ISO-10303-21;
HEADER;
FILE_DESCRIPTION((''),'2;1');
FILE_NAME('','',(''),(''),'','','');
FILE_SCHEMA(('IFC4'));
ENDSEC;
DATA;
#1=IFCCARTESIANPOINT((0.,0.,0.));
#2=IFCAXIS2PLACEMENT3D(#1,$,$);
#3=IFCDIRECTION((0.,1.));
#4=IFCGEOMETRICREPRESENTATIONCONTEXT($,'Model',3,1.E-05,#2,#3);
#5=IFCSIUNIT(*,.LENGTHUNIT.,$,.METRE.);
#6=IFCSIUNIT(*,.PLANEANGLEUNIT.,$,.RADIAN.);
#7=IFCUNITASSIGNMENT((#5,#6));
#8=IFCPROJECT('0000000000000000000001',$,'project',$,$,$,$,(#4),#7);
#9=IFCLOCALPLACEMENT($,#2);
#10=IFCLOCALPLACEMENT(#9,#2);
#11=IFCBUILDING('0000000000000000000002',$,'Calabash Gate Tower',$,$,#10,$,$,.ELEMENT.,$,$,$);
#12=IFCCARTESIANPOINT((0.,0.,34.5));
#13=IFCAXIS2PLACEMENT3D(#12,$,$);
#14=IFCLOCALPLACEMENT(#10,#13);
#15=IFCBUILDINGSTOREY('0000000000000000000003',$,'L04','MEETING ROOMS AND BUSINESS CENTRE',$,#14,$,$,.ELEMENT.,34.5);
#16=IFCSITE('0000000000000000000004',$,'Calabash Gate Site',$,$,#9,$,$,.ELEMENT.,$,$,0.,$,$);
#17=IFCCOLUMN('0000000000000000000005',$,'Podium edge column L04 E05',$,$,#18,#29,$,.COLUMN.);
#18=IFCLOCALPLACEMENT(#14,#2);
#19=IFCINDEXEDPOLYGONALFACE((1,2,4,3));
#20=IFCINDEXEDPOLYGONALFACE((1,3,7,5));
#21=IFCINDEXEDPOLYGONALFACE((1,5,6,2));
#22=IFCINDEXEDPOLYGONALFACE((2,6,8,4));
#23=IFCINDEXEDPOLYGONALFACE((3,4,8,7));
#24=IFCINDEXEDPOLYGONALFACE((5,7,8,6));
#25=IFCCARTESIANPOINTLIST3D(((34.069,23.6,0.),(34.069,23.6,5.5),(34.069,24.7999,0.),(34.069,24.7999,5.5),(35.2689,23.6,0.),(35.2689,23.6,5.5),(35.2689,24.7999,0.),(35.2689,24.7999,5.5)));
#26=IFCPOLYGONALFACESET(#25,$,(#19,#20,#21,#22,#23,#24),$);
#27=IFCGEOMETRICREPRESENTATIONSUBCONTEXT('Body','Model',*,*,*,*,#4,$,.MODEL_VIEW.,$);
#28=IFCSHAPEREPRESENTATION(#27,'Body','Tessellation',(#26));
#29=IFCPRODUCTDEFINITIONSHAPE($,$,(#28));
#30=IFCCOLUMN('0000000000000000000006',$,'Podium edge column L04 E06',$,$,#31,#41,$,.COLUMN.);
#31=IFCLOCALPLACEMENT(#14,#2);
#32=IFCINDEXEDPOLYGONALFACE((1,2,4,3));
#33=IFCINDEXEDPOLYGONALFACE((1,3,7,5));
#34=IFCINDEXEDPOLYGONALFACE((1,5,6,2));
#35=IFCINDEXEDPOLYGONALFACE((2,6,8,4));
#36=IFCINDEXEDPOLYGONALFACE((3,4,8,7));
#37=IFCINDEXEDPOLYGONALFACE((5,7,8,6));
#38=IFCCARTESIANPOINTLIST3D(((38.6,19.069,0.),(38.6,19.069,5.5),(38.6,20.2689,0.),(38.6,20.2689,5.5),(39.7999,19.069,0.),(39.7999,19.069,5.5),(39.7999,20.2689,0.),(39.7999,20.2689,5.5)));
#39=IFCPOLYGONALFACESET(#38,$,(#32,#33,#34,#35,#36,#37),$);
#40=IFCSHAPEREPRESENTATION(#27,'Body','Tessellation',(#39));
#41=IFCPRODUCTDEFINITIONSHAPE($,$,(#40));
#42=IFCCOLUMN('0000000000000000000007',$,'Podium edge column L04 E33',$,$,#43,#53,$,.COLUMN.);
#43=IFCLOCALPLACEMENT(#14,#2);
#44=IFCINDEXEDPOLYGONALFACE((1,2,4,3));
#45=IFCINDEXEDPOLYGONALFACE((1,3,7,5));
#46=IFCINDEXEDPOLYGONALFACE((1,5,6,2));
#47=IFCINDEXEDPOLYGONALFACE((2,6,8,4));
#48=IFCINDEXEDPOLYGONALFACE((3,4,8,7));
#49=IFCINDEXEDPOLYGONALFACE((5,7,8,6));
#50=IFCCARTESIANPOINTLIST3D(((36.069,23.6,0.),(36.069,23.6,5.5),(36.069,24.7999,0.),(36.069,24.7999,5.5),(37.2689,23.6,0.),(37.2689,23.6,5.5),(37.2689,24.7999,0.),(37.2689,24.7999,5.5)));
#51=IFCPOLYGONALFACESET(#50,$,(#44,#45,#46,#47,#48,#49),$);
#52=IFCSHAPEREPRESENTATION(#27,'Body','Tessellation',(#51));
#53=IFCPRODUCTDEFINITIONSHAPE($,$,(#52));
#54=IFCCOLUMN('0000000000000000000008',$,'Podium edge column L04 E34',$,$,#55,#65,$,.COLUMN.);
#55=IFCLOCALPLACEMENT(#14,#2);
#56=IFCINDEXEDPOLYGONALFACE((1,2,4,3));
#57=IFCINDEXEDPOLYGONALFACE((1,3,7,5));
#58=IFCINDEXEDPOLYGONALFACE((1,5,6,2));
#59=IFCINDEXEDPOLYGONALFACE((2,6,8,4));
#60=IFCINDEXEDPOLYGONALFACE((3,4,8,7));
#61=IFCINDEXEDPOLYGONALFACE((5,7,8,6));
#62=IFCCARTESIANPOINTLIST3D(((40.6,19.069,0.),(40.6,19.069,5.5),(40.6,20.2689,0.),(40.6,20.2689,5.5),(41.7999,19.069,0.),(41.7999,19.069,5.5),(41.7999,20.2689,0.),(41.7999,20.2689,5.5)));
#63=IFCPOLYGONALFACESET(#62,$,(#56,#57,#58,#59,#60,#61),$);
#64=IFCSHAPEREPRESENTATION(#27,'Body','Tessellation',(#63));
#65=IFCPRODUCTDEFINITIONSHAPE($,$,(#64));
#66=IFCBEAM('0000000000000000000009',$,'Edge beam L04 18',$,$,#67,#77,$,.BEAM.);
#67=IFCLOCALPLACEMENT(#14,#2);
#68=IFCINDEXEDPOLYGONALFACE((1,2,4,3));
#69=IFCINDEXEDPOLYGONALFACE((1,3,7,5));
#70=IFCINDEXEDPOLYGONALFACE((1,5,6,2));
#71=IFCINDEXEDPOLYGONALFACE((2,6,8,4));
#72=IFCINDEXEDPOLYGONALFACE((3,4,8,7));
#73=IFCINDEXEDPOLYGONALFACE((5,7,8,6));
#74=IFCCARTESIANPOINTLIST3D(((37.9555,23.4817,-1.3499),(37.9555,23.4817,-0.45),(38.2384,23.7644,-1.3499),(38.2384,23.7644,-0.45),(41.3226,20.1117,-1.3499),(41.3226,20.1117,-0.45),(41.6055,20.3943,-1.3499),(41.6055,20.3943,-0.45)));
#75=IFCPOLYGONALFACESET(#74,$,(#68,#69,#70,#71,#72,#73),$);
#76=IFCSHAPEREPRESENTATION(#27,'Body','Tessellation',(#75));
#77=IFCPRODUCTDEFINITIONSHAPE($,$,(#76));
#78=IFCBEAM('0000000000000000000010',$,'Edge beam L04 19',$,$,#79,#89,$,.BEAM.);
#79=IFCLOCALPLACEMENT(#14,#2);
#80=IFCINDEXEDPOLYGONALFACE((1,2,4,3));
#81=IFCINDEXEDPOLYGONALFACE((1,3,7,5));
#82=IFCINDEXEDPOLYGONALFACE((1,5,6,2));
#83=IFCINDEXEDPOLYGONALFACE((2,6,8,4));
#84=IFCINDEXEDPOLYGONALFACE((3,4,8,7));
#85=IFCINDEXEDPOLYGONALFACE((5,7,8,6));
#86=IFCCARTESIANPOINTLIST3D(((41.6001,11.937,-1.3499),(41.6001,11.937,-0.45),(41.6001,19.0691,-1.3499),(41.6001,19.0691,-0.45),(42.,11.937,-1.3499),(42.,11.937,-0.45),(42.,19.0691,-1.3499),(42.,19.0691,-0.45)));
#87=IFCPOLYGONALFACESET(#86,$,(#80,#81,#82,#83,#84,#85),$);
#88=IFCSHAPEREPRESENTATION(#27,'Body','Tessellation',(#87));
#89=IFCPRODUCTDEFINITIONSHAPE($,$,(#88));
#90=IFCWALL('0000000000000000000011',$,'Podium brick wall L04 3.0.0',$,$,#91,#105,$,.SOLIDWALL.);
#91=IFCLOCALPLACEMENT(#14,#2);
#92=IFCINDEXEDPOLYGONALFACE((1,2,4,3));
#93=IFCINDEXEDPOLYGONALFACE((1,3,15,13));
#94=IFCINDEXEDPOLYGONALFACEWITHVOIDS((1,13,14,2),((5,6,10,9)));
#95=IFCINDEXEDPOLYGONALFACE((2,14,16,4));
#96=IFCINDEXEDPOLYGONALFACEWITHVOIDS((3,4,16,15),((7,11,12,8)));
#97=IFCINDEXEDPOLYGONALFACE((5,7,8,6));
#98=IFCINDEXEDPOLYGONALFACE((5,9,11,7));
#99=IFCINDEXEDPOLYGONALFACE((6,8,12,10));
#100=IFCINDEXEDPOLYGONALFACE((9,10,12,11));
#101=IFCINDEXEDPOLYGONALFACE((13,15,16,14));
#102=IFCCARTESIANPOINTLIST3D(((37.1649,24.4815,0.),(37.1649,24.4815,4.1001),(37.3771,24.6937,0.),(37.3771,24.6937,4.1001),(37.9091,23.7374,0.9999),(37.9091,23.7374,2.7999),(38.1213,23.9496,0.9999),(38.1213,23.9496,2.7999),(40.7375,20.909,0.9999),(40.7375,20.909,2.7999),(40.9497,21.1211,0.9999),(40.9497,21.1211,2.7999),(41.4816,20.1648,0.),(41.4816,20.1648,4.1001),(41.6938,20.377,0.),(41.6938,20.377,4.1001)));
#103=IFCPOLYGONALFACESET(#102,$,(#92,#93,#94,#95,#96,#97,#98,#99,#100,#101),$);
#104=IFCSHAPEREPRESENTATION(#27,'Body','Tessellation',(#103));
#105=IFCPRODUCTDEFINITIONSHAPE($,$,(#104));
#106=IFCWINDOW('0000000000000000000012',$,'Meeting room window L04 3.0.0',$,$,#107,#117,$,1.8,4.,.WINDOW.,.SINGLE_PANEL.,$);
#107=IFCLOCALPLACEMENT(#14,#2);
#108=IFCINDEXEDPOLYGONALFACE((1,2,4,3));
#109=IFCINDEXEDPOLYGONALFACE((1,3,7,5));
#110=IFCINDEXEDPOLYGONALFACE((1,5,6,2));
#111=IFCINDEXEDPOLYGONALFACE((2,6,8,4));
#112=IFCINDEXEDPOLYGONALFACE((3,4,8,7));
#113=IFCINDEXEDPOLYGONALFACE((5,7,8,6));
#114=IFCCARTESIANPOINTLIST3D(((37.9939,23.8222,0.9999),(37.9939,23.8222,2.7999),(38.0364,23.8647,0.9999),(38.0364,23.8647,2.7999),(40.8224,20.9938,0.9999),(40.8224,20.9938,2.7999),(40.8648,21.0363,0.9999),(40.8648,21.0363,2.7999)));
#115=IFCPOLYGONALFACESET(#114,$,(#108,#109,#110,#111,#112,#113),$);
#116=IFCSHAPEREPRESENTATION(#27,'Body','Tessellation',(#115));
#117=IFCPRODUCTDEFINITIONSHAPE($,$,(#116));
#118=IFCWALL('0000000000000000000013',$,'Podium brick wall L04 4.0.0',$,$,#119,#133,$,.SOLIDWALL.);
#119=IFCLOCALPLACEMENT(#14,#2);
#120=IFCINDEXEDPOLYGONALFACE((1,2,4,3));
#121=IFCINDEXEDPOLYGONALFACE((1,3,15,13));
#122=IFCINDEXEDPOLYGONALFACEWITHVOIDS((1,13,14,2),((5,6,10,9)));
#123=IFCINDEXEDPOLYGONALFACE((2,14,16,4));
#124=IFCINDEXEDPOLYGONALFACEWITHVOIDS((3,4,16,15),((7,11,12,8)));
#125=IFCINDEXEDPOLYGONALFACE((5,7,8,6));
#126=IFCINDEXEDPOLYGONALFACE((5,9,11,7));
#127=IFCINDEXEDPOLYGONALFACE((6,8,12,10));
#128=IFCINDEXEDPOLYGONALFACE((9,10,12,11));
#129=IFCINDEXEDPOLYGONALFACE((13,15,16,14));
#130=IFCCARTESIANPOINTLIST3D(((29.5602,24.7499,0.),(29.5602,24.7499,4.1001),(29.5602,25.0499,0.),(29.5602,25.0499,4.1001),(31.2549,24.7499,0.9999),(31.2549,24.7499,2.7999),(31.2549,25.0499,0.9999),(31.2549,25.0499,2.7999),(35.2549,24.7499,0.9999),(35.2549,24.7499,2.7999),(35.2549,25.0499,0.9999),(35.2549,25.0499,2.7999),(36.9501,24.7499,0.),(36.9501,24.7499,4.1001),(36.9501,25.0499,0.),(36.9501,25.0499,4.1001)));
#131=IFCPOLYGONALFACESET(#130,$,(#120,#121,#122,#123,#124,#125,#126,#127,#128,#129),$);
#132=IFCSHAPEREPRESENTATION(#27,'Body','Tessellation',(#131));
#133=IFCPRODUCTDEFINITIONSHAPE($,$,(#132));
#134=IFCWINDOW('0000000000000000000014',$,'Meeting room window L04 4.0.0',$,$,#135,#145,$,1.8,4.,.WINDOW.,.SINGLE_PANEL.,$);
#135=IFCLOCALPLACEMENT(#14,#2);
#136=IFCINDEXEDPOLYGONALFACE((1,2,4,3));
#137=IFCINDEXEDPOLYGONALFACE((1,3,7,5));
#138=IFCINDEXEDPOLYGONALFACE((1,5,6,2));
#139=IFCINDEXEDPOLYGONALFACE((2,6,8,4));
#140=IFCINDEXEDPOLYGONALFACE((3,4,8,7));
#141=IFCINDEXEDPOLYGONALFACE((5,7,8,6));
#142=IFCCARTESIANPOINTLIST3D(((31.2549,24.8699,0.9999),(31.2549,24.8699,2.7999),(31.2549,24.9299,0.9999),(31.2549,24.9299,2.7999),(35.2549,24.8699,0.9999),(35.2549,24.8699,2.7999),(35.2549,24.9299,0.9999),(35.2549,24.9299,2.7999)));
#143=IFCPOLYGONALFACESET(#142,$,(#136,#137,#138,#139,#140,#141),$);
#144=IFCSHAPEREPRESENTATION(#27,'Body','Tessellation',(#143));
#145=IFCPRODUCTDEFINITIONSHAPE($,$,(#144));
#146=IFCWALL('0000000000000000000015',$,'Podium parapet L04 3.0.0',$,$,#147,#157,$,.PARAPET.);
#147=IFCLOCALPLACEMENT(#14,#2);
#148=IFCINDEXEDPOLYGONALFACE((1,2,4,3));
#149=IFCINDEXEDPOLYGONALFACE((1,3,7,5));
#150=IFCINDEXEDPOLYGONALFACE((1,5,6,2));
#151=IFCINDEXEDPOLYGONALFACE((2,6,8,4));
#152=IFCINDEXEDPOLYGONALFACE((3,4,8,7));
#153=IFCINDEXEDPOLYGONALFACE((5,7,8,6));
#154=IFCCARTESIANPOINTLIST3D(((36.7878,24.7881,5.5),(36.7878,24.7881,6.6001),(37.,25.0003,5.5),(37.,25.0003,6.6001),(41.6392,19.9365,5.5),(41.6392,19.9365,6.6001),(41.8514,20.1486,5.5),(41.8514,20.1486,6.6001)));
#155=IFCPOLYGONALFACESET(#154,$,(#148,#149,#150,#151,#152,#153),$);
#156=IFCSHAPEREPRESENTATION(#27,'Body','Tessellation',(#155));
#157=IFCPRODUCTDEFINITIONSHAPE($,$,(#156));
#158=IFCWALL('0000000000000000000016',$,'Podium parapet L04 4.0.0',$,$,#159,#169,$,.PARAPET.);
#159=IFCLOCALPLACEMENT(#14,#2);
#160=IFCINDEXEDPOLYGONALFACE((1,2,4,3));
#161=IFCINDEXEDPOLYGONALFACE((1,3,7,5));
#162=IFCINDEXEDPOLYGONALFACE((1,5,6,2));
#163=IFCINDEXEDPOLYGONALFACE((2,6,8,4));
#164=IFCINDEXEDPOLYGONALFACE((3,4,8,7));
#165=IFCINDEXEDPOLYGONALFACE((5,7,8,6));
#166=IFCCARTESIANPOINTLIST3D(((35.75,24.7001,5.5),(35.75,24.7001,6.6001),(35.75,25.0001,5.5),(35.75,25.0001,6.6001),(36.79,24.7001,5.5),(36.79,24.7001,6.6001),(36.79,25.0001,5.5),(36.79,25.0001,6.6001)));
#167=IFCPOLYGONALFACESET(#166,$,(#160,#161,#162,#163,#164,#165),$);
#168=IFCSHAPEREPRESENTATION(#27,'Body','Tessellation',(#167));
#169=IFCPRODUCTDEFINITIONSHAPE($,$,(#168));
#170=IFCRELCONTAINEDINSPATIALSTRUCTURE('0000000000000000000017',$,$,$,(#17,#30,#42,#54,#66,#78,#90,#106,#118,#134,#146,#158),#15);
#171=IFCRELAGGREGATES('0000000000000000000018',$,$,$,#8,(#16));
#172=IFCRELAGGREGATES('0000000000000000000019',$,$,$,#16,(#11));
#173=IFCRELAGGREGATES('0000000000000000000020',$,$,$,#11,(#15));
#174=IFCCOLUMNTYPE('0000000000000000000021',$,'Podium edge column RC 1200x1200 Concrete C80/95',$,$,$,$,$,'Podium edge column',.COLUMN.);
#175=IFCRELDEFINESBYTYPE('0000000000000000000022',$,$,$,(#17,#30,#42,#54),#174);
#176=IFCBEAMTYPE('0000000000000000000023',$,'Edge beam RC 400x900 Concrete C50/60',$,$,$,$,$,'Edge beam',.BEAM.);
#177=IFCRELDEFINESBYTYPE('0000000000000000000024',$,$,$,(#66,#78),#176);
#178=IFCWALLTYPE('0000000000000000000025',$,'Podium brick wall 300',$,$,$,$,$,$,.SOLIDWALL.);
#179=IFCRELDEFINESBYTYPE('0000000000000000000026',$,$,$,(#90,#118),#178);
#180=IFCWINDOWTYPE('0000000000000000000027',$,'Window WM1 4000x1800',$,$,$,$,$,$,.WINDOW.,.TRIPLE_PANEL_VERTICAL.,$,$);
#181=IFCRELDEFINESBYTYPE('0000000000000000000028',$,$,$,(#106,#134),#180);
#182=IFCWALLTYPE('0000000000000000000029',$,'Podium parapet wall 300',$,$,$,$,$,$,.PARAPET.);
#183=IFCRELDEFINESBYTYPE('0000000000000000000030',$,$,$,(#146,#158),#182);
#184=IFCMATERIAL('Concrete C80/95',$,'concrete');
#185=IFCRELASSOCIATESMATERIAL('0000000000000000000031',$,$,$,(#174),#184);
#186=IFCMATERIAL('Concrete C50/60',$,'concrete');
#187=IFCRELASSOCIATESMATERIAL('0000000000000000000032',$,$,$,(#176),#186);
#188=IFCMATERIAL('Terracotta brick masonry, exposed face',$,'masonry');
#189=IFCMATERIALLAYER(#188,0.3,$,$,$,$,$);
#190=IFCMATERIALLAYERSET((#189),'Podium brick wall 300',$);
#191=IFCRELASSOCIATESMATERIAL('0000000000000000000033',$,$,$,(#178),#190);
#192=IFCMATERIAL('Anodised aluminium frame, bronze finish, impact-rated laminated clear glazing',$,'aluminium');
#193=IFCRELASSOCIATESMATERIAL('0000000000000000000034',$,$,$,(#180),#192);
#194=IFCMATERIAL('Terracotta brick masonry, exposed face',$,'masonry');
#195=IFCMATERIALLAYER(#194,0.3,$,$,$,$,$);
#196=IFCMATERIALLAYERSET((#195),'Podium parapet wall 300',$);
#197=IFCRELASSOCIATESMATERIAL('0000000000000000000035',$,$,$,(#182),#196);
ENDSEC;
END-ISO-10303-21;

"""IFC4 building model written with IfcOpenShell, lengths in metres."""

from ifc_helpers import new_model, si_unit, direction, frame, frame_2d, origin, origin_2d, place, context, subcontext, project, spatial, rectangle, extrude, material, layer, layer_set, material_profile, profile_set, type_object, element, fill, save


model = new_model("IFC4")

# Units and contexts
model_context = context("Model", 3, precision=1e-05, world=origin(), true_north=direction((0.0, 1.0)))
body_context = subcontext(model_context, "Body", "Model", "MODEL_VIEW")
ifc_project = project(units=[si_unit("LENGTHUNIT", "METRE"), si_unit("PLANEANGLEUNIT", "RADIAN")], contexts=[model_context])

# Site, building, storey
site_placement = place(None, origin())
site = spatial("IfcSite", under=ifc_project, at=site_placement, Name="Calabash Gate Site", CompositionType="ELEMENT", RefElevation=0.0)
building_placement = place(site_placement, origin())
building = spatial("IfcBuilding", under=site, at=building_placement, Name="Calabash Gate Tower", CompositionType="ELEMENT")
storey_placement = place(building_placement, frame((0.0, 0.0, 34.5)))
storey = spatial("IfcBuildingStorey", under=building, at=storey_placement, Name="L04", Description="MEETING ROOMS AND BUSINESS CENTRE", CompositionType="ELEMENT", Elevation=34.5)

# Columns
ifc_material_1 = material(Name="Concrete C80/95", Category="concrete")
ifc_material_profile_1 = material_profile(ifc_material_1, rectangle(XDim=1.2, YDim=1.2, at=origin_2d()))
ifc_profile_set_1 = profile_set([ifc_material_profile_1], Name="Concrete C80/95")
column_type = type_object("IfcColumnType", Name="Podium edge column RC 1200x1200 Concrete C80/95", ElementType="Podium edge column", PredefinedType="COLUMN", material=ifc_profile_set_1)
for number, where, z_axis, x_axis, name in (
    (1, (34.6689, 24.2, 0.0), (0.0, 0.0, 1.0), (1.0, 0.0, 0.0), "Podium edge column L04 E05"),
    (2, (39.2, 19.6689, 0.0), (0.0, 0.0, 1.0), (1.0, 0.0, 0.0), "Podium edge column L04 E06"),
    (3, (36.6689, 24.2, 0.0), (0.0, 0.0, 1.0), (1.0, 0.0, 0.0), "Podium edge column L04 E33"),
    (4, (41.2, 19.6689, 0.0), (0.0, 0.0, 1.0), (1.0, 0.0, 0.0), "Podium edge column L04 E34"),
):
    element("IfcColumn", number, at=place(storey_placement, frame(where, z_axis=z_axis, x_axis=x_axis)), inside=storey, type_object=column_type, Name=name, PredefinedType="COLUMN", context=body_context, shape_type="SweptSolid", body=[
        extrude(rectangle(XDim=1.2, YDim=1.2, at=origin_2d()), origin(), (0.0, 0.0, 1.0), 5.5),
    ])

# Beams
ifc_material_2 = material(Name="Concrete C50/60", Category="concrete")
ifc_material_profile_2 = material_profile(ifc_material_2, rectangle(XDim=0.3999, YDim=0.8999, at=origin_2d()))
ifc_profile_set_2 = profile_set([ifc_material_profile_2], Name="Concrete C50/60")
beam_type = type_object("IfcBeamType", Name="Edge beam RC 400x900 Concrete C50/60", ElementType="Edge beam", PredefinedType="BEAM", material=ifc_profile_set_2)
beam_1_placement = place(storey_placement, frame((38.0969, 23.623, -0.8999), z_axis=(0.706799, -0.707414, 0.0), x_axis=(0.707414, 0.706799, 0.0)))
element("IfcBeam", 5, at=beam_1_placement, inside=storey, type_object=beam_type, Name="Edge beam L04 18", PredefinedType="BEAM", context=body_context, shape_type="SweptSolid", body=[
    extrude(rectangle(XDim=0.3999, YDim=0.8999, at=origin_2d()), origin(), (0.0, 0.0, 1.0), 4.7639),
])
beam_2_placement = place(storey_placement, frame((41.8, 19.0691, -0.8999), z_axis=(0.0, -1.0, 0.0), x_axis=(1.0, 0.0, 0.0)))
element("IfcBeam", 6, at=beam_2_placement, inside=storey, type_object=beam_type, Name="Edge beam L04 19", PredefinedType="BEAM", context=body_context, shape_type="SweptSolid", body=[
    extrude(rectangle(XDim=0.3999, YDim=0.8999, at=origin_2d()), origin(), (0.0, 0.0, 1.0), 7.1321),
])

# Walls, openings, windows
ifc_material_3 = material(Name="Terracotta brick masonry, exposed face", Category="masonry")
ifc_layer_1 = layer(ifc_material_3, 0.3)
ifc_layer_set_1 = layer_set([ifc_layer_1], Name="Podium brick wall 300")
wall_type_1 = type_object("IfcWallType", Name="Podium brick wall 300", PredefinedType="SOLIDWALL", material=ifc_layer_set_1)
wall_1_placement = place(storey_placement, frame((41.5876, 20.271, 0.0), z_axis=(0.0, 0.0, 1.0), x_axis=(-0.707107, 0.707107, 0.0)))
wall_1 = element("IfcWall", 7, at=wall_1_placement, inside=storey, type_object=wall_type_1, Name="Podium brick wall L04 3.0.0", PredefinedType="SOLIDWALL", context=body_context, shape_type="SweptSolid", body=[
    extrude(rectangle(XDim=6.1047, YDim=0.3, at=frame_2d((3.0522, 0.0))), origin(), (0.0, 0.0, 1.0), 4.1001),
])
opening_1_placement = place(wall_1_placement, frame((1.0522, 0.0, 1.0)))
opening_1 = element("IfcOpeningElement", 8, at=opening_1_placement, cuts=wall_1, PredefinedType="OPENING", context=body_context, shape_type="SweptSolid", body=[
    extrude(rectangle(XDim=4.0, YDim=1.8, at=frame_2d((2.0, 0.8999))), frame((0.0, 0.1599, 0.0), z_axis=(0.0, -1.0, 0.0), x_axis=(1.0, 0.0, 0.0)), (0.0, 0.0, 1.0), 0.3201),
])
ifc_material_4 = material(Name="Anodised aluminium frame, bronze finish, impact-rated laminated clear glazing", Category="aluminium")
window_type = type_object("IfcWindowType", Name="Window WM1 4000x1800", PartitioningType="TRIPLE_PANEL_VERTICAL", PredefinedType="WINDOW", material=ifc_material_4)
window_1_placement = place(opening_1_placement, origin())
window_1 = element("IfcWindow", 9, at=window_1_placement, inside=storey, type_object=window_type, Name="Meeting room window L04 3.0.0", OverallHeight=1.8, OverallWidth=4.0, PartitioningType="SINGLE_PANEL", PredefinedType="WINDOW", context=body_context, shape_type="SweptSolid", body=[
    extrude(rectangle(XDim=4.0, YDim=1.8, at=frame_2d((2.0, 0.8999))), frame((0.0, 0.03, 0.0), z_axis=(0.0, -1.0, 0.0), x_axis=(1.0, 0.0, 0.0)), (0.0, 0.0, 1.0), 0.0601),
])
fill(opening_1, window_1)
wall_2_placement = place(storey_placement, frame((36.95, 24.8999, 0.0), z_axis=(0.0, 0.0, 1.0), x_axis=(-1.0, 0.0, 0.0)))
wall_2 = element("IfcWall", 10, at=wall_2_placement, inside=storey, type_object=wall_type_1, Name="Podium brick wall L04 4.0.0", PredefinedType="SOLIDWALL", context=body_context, shape_type="SweptSolid", body=[
    extrude(rectangle(XDim=7.3899, YDim=0.3, at=frame_2d((3.6948, 0.0))), origin(), (0.0, 0.0, 1.0), 4.1001),
])
opening_2_placement = place(wall_2_placement, frame((1.6951, 0.0, 1.0)))
opening_2 = element("IfcOpeningElement", 11, at=opening_2_placement, cuts=wall_2, PredefinedType="OPENING", context=body_context, shape_type="SweptSolid", body=[
    extrude(rectangle(XDim=4.0, YDim=1.8, at=frame_2d((2.0, 0.8999))), frame((0.0, 0.1599, 0.0), z_axis=(0.0, -1.0, 0.0), x_axis=(1.0, 0.0, 0.0)), (0.0, 0.0, 1.0), 0.3201),
])
window_2_placement = place(opening_2_placement, origin())
window_2 = element("IfcWindow", 12, at=window_2_placement, inside=storey, type_object=window_type, Name="Meeting room window L04 4.0.0", OverallHeight=1.8, OverallWidth=4.0, PartitioningType="SINGLE_PANEL", PredefinedType="WINDOW", context=body_context, shape_type="SweptSolid", body=[
    extrude(rectangle(XDim=4.0, YDim=1.8, at=frame_2d((2.0, 0.8999))), frame((0.0, 0.03, 0.0), z_axis=(0.0, -1.0, 0.0), x_axis=(1.0, 0.0, 0.0)), (0.0, 0.0, 1.0), 0.0601),
])
fill(opening_2, window_2)

# Walls
ifc_material_5 = material(Name="Terracotta brick masonry, exposed face", Category="masonry")
ifc_layer_2 = layer(ifc_material_5, 0.3)
ifc_layer_set_2 = layer_set([ifc_layer_2], Name="Podium parapet wall 300")
wall_type_2 = type_object("IfcWallType", Name="Podium parapet wall 300", PredefinedType="PARAPET", material=ifc_layer_set_2)
wall_3_placement = place(storey_placement, frame((41.7454, 20.0425, 5.5), z_axis=(0.0, 0.0, 1.0), x_axis=(-0.707089, 0.707125, 0.0)))
element("IfcWall", 13, at=wall_3_placement, inside=storey, type_object=wall_type_2, Name="Podium parapet L04 3.0.0", PredefinedType="PARAPET", context=body_context, shape_type="SweptSolid", body=[
    extrude(rectangle(XDim=6.8611, YDim=0.3, at=frame_2d((3.4307, 0.0))), origin(), (0.0, 0.0, 1.0), 1.1001),
])
wall_4_placement = place(storey_placement, frame((36.79, 24.8501, 5.5), z_axis=(0.0, 0.0, 1.0), x_axis=(-1.0, 0.0, 0.0)))
element("IfcWall", 14, at=wall_4_placement, inside=storey, type_object=wall_type_2, Name="Podium parapet L04 4.0.0", PredefinedType="PARAPET", context=body_context, shape_type="SweptSolid", body=[
    extrude(rectangle(XDim=1.04, YDim=0.3, at=frame_2d((0.52, 0.0))), origin(), (0.0, 0.0, 1.0), 1.1001),
])

save(model, "model.ifc")
